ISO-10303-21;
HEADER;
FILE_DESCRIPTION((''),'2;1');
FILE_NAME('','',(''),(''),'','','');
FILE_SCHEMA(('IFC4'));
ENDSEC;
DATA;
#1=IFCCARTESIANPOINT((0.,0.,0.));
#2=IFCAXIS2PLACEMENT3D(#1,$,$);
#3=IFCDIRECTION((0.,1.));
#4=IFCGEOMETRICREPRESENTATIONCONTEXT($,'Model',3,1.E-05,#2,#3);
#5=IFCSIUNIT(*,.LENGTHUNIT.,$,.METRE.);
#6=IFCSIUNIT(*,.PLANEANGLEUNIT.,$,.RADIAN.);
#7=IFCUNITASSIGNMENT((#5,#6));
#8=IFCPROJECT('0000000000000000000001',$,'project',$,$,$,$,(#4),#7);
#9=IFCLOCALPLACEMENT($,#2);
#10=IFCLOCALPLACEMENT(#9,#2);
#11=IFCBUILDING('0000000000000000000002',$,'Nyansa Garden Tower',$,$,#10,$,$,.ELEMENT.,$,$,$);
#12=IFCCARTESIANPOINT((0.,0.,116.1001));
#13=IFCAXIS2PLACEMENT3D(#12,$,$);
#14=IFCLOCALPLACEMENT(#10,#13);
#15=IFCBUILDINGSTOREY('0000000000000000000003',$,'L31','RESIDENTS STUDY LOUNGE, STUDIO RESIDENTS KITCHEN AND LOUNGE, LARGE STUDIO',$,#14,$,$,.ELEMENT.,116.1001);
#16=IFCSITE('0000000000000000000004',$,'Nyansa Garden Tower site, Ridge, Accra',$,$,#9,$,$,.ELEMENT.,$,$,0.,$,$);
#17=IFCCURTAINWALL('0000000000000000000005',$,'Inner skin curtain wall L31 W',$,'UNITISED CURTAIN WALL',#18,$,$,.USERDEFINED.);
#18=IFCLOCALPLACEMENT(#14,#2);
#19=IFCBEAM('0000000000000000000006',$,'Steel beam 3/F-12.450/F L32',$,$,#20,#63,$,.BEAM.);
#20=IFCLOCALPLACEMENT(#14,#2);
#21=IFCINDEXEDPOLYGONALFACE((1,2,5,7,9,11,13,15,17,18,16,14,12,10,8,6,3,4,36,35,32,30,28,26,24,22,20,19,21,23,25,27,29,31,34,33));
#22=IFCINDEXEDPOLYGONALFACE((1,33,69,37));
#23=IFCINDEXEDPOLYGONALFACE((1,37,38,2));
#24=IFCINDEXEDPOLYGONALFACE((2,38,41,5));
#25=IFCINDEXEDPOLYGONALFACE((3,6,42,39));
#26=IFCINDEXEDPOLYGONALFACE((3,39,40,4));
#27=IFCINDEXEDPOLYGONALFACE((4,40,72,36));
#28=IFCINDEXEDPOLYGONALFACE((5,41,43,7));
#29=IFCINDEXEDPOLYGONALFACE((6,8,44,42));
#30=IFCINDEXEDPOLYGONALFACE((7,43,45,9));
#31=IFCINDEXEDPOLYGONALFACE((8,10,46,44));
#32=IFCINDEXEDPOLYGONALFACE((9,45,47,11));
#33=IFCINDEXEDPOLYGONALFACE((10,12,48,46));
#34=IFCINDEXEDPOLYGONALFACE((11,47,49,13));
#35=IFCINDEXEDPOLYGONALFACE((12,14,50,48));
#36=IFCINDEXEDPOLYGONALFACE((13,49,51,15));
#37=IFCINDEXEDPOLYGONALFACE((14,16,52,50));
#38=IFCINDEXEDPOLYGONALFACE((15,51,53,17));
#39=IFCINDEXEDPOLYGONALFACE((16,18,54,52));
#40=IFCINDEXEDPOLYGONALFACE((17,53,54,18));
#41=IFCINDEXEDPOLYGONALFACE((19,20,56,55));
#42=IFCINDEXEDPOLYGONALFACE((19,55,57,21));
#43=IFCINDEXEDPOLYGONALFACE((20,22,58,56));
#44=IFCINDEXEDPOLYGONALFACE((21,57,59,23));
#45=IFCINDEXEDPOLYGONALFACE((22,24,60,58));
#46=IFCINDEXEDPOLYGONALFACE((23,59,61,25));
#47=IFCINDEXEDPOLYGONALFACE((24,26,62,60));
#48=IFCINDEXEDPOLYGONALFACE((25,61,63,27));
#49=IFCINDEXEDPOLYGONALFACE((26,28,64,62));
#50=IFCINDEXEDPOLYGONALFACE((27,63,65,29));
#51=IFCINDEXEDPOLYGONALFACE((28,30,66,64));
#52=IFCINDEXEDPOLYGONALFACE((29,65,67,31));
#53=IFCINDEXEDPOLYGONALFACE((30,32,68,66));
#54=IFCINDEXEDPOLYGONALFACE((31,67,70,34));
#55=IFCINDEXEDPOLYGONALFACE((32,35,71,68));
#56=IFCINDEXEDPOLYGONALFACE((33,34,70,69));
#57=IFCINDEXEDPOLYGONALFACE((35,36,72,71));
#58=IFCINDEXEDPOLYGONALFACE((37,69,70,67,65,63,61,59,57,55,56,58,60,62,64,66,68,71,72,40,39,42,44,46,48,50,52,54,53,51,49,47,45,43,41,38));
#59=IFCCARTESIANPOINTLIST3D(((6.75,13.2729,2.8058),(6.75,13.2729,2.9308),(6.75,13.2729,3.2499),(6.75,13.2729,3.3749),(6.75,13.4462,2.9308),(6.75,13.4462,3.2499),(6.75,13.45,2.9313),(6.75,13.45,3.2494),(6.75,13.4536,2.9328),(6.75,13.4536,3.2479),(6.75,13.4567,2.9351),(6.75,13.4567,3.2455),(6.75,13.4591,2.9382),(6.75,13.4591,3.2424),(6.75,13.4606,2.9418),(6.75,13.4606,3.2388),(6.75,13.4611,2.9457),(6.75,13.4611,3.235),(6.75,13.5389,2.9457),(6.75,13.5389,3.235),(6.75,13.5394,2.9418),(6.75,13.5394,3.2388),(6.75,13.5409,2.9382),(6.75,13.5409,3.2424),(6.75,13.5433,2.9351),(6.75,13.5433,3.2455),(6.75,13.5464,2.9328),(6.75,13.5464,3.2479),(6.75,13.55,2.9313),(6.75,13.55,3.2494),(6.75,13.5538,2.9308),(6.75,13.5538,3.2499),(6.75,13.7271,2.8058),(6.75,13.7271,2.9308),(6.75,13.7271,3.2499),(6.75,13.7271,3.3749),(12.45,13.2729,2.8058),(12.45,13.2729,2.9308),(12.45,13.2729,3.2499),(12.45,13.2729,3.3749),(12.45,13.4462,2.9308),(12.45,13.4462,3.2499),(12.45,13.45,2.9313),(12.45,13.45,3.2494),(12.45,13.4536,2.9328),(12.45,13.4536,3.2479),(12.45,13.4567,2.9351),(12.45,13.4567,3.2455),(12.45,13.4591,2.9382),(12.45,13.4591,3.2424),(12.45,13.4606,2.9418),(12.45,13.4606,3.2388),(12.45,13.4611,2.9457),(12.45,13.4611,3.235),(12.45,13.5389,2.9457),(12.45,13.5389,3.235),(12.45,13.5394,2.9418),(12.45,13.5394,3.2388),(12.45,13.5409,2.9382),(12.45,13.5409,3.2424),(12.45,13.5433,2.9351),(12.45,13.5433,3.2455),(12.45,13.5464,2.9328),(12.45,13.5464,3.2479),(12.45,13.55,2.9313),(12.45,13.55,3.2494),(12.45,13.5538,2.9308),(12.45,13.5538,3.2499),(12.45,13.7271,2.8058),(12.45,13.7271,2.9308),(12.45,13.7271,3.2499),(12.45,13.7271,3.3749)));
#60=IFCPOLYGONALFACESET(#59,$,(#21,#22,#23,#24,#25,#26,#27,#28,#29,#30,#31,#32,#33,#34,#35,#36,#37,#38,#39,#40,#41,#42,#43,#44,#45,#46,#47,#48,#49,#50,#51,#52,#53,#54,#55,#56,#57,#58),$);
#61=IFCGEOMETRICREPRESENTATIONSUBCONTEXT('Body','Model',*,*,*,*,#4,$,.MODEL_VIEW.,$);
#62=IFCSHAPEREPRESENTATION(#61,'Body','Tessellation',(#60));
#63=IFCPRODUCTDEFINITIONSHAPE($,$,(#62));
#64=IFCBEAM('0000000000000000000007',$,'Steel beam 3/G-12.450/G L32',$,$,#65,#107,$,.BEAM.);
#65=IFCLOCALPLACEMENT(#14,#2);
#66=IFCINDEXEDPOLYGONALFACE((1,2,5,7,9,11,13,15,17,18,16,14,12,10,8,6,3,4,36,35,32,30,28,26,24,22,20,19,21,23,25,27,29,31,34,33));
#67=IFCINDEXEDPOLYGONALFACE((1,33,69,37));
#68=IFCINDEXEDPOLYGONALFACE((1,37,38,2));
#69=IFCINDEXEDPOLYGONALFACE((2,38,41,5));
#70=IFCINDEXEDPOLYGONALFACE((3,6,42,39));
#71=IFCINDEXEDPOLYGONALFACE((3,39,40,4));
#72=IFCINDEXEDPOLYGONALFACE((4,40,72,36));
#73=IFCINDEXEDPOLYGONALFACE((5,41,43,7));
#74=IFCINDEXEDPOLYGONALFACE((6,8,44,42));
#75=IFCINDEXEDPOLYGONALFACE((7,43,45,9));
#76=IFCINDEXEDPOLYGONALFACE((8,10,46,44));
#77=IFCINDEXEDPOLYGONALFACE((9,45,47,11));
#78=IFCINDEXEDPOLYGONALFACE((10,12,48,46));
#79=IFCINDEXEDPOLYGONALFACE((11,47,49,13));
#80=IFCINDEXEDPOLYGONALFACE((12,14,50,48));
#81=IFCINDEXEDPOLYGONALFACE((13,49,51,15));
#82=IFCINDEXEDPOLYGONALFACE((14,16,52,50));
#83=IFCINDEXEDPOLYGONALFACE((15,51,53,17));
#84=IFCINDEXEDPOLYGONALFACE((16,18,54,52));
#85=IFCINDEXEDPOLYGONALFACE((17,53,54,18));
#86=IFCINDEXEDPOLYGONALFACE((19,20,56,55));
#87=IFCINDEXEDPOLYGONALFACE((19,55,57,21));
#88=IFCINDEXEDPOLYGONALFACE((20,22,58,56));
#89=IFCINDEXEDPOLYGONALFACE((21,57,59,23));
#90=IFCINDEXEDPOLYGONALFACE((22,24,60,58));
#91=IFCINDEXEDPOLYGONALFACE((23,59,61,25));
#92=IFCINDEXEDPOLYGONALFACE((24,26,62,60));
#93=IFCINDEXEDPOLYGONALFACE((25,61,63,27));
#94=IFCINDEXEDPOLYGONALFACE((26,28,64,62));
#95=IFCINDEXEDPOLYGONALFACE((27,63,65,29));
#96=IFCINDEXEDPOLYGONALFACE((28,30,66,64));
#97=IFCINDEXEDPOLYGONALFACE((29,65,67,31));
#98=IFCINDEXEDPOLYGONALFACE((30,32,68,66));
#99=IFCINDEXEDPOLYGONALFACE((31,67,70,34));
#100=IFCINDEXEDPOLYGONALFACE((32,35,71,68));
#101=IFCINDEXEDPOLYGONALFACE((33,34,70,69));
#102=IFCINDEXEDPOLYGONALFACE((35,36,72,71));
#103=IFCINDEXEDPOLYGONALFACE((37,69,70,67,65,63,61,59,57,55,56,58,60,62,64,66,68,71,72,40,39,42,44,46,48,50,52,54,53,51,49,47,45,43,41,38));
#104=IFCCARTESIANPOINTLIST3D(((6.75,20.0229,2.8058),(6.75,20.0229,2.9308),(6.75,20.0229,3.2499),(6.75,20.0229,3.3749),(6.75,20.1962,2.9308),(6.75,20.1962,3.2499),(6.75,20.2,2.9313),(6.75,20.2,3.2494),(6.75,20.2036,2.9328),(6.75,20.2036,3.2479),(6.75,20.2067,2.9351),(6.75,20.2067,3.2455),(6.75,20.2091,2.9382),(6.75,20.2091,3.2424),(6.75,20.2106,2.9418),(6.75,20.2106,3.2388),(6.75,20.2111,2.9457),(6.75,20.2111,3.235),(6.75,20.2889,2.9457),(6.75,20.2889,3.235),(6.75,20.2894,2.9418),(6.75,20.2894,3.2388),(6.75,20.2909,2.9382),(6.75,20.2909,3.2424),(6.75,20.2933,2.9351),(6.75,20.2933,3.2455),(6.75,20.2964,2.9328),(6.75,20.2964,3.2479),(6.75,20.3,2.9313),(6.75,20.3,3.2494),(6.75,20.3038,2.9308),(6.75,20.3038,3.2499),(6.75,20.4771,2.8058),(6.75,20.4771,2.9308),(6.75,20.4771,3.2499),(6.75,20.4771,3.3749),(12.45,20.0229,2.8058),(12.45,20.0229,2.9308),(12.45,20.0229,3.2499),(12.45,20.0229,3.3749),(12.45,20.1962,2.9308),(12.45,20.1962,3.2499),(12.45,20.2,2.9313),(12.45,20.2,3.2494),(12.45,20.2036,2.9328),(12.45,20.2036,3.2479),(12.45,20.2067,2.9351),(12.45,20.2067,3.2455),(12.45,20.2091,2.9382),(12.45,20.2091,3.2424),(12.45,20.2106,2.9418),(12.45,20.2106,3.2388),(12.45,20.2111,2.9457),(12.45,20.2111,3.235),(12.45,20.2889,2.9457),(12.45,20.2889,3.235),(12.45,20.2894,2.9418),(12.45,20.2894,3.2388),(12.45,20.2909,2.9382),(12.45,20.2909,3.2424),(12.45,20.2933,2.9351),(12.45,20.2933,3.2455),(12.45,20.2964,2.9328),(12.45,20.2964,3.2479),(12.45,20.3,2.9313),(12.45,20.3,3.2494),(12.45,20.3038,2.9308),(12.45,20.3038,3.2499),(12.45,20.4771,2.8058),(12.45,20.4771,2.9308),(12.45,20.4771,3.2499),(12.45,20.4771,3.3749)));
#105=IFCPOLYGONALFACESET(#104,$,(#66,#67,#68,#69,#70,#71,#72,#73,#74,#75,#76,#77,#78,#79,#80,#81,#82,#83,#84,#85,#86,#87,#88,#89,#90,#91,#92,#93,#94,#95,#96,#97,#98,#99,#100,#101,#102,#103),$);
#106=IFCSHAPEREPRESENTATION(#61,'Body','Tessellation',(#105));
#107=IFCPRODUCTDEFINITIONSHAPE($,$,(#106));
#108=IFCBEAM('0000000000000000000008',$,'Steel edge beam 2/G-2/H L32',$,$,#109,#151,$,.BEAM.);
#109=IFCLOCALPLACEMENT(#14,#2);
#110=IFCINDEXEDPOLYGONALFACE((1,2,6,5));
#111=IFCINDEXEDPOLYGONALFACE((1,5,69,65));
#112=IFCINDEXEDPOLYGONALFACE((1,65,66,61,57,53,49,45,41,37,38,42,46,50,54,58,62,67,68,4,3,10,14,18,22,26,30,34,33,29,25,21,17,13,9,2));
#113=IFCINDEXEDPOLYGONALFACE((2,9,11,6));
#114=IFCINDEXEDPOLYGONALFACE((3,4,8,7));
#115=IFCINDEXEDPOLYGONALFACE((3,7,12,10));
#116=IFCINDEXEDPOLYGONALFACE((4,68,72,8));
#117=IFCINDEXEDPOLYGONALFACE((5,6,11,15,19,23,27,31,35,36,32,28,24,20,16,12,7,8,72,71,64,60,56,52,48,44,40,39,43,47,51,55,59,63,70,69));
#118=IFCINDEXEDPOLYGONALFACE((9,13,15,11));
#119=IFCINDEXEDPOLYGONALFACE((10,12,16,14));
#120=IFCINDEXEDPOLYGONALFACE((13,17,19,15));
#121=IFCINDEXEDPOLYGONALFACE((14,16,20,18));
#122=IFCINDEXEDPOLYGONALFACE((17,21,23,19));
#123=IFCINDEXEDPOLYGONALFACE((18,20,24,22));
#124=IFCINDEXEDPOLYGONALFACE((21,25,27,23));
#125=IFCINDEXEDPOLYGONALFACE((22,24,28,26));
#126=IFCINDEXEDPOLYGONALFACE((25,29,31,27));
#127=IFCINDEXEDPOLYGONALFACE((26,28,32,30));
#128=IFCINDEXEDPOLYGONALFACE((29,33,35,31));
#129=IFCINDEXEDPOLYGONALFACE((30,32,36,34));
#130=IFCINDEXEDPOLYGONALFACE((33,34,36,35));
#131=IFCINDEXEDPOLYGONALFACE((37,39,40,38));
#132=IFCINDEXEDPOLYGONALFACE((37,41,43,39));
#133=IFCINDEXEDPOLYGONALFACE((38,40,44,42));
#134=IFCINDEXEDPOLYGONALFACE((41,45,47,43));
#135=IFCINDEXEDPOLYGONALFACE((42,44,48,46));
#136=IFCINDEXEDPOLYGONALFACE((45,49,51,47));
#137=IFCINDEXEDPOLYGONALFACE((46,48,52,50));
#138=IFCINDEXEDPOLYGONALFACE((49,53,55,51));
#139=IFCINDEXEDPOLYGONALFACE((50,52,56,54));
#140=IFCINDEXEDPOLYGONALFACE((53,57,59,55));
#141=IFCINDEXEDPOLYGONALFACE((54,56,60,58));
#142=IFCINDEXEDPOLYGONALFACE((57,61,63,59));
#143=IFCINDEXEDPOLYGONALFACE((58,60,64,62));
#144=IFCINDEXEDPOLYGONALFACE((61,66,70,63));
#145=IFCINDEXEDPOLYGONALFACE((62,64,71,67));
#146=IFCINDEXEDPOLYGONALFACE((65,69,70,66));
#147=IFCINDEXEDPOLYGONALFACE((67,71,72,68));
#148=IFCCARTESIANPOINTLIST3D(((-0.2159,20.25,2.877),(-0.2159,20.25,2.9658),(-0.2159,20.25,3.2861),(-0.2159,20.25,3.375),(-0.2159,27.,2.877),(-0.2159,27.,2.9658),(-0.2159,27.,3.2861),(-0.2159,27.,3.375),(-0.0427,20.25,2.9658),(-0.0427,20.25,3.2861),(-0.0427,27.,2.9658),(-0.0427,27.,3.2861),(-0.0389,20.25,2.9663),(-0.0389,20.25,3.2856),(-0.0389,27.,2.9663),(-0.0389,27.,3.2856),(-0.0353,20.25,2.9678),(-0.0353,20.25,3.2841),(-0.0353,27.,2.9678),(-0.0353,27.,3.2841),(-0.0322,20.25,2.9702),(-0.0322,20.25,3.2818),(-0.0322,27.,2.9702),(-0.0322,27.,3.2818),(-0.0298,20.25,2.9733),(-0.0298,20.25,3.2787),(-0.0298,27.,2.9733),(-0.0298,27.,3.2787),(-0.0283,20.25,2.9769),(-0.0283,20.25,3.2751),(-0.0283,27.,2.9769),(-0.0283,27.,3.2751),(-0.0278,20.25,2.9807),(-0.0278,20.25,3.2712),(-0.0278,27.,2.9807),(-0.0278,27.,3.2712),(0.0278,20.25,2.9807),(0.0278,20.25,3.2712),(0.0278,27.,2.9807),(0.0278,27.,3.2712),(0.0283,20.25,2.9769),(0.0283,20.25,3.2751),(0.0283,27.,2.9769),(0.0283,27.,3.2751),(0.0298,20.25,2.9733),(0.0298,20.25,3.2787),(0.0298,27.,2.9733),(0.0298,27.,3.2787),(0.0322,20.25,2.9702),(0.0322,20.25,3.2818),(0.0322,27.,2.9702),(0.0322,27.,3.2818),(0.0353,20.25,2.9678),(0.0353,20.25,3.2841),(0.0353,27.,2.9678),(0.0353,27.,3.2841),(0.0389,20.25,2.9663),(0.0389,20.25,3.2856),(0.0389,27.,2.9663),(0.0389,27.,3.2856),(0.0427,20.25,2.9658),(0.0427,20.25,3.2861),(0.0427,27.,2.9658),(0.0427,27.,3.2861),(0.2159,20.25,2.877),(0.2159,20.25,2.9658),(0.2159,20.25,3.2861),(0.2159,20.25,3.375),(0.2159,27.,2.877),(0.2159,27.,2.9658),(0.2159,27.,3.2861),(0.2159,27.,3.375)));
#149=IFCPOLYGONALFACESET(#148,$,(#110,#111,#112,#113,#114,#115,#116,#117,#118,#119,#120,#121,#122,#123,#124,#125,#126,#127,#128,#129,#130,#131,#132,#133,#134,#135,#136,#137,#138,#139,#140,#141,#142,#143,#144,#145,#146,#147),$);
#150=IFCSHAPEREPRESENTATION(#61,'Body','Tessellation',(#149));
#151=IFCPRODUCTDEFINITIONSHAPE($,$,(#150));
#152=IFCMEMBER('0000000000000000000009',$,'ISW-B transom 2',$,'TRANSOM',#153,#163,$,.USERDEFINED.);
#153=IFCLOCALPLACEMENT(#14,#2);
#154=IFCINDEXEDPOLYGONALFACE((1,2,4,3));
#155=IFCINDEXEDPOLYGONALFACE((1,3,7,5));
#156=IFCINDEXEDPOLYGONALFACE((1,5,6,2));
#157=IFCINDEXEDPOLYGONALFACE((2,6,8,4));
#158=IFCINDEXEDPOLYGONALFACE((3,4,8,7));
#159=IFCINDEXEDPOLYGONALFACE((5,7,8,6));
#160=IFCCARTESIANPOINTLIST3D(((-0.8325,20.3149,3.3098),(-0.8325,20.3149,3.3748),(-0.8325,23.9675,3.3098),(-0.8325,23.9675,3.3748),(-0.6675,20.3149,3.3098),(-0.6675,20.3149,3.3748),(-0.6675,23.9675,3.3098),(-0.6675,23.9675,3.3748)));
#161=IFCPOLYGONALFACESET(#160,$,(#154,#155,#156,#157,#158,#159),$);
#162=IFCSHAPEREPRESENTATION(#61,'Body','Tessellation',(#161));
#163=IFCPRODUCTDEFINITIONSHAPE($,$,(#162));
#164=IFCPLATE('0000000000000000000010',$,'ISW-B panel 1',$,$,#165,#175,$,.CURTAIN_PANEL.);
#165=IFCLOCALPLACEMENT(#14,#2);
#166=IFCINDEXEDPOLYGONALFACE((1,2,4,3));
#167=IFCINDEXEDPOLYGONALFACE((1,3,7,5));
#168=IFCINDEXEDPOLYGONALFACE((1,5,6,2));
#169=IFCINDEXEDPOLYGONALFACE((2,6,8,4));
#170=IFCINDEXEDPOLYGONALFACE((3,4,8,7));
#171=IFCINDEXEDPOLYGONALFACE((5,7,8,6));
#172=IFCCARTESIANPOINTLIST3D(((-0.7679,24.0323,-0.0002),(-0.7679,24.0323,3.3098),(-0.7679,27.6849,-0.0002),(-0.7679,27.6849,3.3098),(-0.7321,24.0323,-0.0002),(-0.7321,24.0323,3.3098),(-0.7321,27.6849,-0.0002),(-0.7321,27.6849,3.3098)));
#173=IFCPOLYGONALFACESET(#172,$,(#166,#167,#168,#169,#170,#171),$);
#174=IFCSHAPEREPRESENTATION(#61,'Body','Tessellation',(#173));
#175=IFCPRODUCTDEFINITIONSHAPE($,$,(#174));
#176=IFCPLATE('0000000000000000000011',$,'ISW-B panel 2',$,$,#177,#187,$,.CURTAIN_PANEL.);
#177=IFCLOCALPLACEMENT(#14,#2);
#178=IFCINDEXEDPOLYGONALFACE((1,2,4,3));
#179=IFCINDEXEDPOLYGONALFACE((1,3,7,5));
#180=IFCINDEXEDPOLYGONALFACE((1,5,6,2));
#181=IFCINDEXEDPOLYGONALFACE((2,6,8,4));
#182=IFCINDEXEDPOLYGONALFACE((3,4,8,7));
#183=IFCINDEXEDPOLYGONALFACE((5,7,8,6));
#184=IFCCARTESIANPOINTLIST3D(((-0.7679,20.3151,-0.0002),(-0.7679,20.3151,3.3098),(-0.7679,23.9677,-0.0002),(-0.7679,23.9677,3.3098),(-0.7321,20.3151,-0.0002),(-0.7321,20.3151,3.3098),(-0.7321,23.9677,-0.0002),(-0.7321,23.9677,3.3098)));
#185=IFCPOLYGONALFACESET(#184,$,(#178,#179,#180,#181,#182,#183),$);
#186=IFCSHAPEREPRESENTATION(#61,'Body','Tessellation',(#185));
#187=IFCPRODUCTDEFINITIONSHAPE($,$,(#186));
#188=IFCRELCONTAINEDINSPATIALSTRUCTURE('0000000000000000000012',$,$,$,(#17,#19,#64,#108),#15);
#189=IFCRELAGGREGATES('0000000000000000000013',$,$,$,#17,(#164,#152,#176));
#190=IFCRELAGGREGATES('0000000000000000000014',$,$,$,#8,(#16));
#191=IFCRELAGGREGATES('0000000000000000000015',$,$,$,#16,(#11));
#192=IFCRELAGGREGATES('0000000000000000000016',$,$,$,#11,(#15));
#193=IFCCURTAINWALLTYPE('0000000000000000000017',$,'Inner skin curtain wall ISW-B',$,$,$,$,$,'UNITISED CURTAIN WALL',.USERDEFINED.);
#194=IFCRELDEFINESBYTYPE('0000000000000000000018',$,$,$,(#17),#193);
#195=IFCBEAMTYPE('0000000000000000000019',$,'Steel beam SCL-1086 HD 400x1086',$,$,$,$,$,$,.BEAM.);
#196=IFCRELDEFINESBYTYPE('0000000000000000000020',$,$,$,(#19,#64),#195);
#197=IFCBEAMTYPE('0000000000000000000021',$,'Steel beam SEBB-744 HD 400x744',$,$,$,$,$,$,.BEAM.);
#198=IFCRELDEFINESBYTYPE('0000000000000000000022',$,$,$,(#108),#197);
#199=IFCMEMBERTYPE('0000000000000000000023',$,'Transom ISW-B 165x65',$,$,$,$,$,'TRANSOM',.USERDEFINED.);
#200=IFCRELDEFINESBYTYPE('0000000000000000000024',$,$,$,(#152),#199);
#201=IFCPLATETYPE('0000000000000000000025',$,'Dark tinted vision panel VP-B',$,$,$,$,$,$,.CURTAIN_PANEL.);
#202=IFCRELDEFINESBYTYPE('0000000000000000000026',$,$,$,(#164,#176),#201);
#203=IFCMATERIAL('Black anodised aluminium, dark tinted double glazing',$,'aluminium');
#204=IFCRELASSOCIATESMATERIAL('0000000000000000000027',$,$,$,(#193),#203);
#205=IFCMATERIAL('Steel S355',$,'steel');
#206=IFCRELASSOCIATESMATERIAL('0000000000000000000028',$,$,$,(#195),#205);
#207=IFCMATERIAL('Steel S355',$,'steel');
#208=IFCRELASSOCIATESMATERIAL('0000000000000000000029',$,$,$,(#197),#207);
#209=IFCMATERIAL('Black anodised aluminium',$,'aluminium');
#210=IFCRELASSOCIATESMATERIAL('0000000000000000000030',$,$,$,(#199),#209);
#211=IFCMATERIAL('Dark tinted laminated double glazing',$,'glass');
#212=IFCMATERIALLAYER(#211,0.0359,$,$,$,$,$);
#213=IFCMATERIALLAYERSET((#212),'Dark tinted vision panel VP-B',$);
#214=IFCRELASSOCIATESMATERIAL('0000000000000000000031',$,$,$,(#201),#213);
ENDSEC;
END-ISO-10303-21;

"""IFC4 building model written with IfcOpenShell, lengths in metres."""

from ifc_helpers import new_model, si_unit, direction, frame, origin, origin_2d, place, context, subcontext, project, spatial, rectangle, i_section, extrude, material, layer, layer_set, material_profile, profile_set, type_object, element, aggregate, save


model = new_model("IFC4")

# Units and contexts
model_context = context("Model", 3, precision=1e-05, world=origin(), true_north=direction((0.0, 1.0)))
body_context = subcontext(model_context, "Body", "Model", "MODEL_VIEW")
ifc_project = project(units=[si_unit("LENGTHUNIT", "METRE"), si_unit("PLANEANGLEUNIT", "RADIAN")], contexts=[model_context])

# Site, building, storey
site_placement = place(None, origin())
site = spatial("IfcSite", under=ifc_project, at=site_placement, Name="Nyansa Garden Tower site, Ridge, Accra", CompositionType="ELEMENT", RefElevation=0.0)
building_placement = place(site_placement, origin())
building = spatial("IfcBuilding", under=site, at=building_placement, Name="Nyansa Garden Tower", CompositionType="ELEMENT")
storey_placement = place(building_placement, frame((0.0, 0.0, 116.1001)))
storey = spatial("IfcBuildingStorey", under=building, at=storey_placement, Name="L31", Description="RESIDENTS STUDY LOUNGE, STUDIO RESIDENTS KITCHEN AND LOUNGE, LARGE STUDIO", CompositionType="ELEMENT", Elevation=116.1001)

# Curtain wall
ifc_material_1 = material(Name="Black anodised aluminium, dark tinted double glazing", Category="aluminium")
curtain_wall_type = type_object("IfcCurtainWallType", Name="Inner skin curtain wall ISW-B", ElementType="UNITISED CURTAIN WALL", PredefinedType="USERDEFINED", material=ifc_material_1)
curtain_wall_placement = place(storey_placement, origin())
curtain_wall = element("IfcCurtainWall", 1, at=curtain_wall_placement, inside=storey, type_object=curtain_wall_type, Name="Inner skin curtain wall L31 W", ObjectType="UNITISED CURTAIN WALL", PredefinedType="USERDEFINED")

# Beams
ifc_material_2 = material(Name="Steel S355", Category="steel")
ifc_material_profile_1 = material_profile(ifc_material_2, i_section(OverallWidth=0.4541, OverallDepth=0.5691, WebThickness=0.0779, FlangeThickness=0.125, FilletRadius=0.0149, at=origin_2d()), Name="HD 400x1086")
ifc_profile_set_1 = profile_set([ifc_material_profile_1], Name="Steel S355")
beam_type_1 = type_object("IfcBeamType", Name="Steel beam SCL-1086 HD 400x1086", PredefinedType="BEAM", material=ifc_profile_set_1)
for number, where, z_axis, x_axis, name in (
    (2, (6.75, 13.5, 3.0903), (1.0, 0.0, 0.0), (0.0, 1.0, 0.0), "Steel beam 3/F-12.450/F L32"),
    (3, (6.75, 20.25, 3.0903), (1.0, 0.0, 0.0), (0.0, 1.0, 0.0), "Steel beam 3/G-12.450/G L32"),
):
    element("IfcBeam", number, at=place(storey_placement, frame(where, z_axis=z_axis, x_axis=x_axis)), inside=storey, type_object=beam_type_1, Name=name, PredefinedType="BEAM", context=body_context, shape_type="SweptSolid", body=[
        extrude(i_section(OverallWidth=0.4541, OverallDepth=0.5691, WebThickness=0.0779, FlangeThickness=0.125, FilletRadius=0.0149, at=origin_2d()), origin(), (0.0, 0.0, 1.0), 5.7),
    ])
ifc_material_3 = material(Name="Steel S355", Category="steel")
ifc_material_profile_2 = material_profile(ifc_material_3, i_section(OverallWidth=0.4319, OverallDepth=0.498, WebThickness=0.0557, FlangeThickness=0.0889, FilletRadius=0.0149, at=origin_2d()), Name="HD 400x744")
ifc_profile_set_2 = profile_set([ifc_material_profile_2], Name="Steel S355")
beam_type_2 = type_object("IfcBeamType", Name="Steel beam SEBB-744 HD 400x744", PredefinedType="BEAM", material=ifc_profile_set_2)
beam_placement = place(storey_placement, frame((0.0, 20.25, 3.126), z_axis=(0.0, 1.0, 0.0), x_axis=(-1.0, 0.0, 0.0)))
element("IfcBeam", 4, at=beam_placement, inside=storey, type_object=beam_type_2, Name="Steel edge beam 2/G-2/H L32", PredefinedType="BEAM", context=body_context, shape_type="SweptSolid", body=[
    extrude(i_section(OverallWidth=0.4319, OverallDepth=0.498, WebThickness=0.0557, FlangeThickness=0.0889, FilletRadius=0.0149, at=origin_2d()), origin(), (0.0, 0.0, 1.0), 6.75),
])

# Member
ifc_material_4 = material(Name="Black anodised aluminium", Category="aluminium")
ifc_material_profile_3 = material_profile(ifc_material_4, rectangle(XDim=0.165, YDim=0.0649, at=origin_2d()), Name="Transom 165x65")
ifc_profile_set_3 = profile_set([ifc_material_profile_3], Name="Black anodised aluminium")
member_type_1 = type_object("IfcMemberType", Name="Transom ISW-B 165x65", ElementType="TRANSOM", PredefinedType="USERDEFINED", material=ifc_profile_set_3)
member_1_placement = place(storey_placement, frame((-0.75, 23.9675, 3.3423), z_axis=(0.0, -1.0, 0.0), x_axis=(1.0, 0.0, 0.0)))
member_1 = element("IfcMember", 5, at=member_1_placement, type_object=member_type_1, Name="ISW-B transom 2", ObjectType="TRANSOM", PredefinedType="USERDEFINED", context=body_context, shape_type="SweptSolid", body=[
    extrude(rectangle(XDim=0.165, YDim=0.0649, at=origin_2d()), origin(), (0.0, 0.0, 1.0), 3.6526),
])

# Plates
ifc_material_5 = material(Name="Dark tinted laminated double glazing", Category="glass")
ifc_layer_1 = layer(ifc_material_5, 0.0359)
ifc_layer_set_1 = layer_set([ifc_layer_1], Name="Dark tinted vision panel VP-B")
plate_type = type_object("IfcPlateType", Name="Dark tinted vision panel VP-B", PredefinedType="CURTAIN_PANEL", material=ifc_layer_set_1)
plate_1_placement = place(storey_placement, frame((-0.75, 25.8586, -0.0002), z_axis=(0.0, 0.0, 1.0), x_axis=(0.0, -1.0, 0.0)))
plate_1 = element("IfcPlate", 6, at=plate_1_placement, type_object=plate_type, Name="ISW-B panel 1", PredefinedType="CURTAIN_PANEL", context=body_context, shape_type="SweptSolid", body=[
    extrude(rectangle(XDim=3.6526, YDim=0.0359, at=origin_2d()), origin(), (0.0, 0.0, 1.0), 3.3101),
])
plate_2_placement = place(storey_placement, frame((-0.75, 22.1414, -0.0002), z_axis=(0.0, 0.0, 1.0), x_axis=(0.0, -1.0, 0.0)))
plate_2 = element("IfcPlate", 7, at=plate_2_placement, type_object=plate_type, Name="ISW-B panel 2", PredefinedType="CURTAIN_PANEL", context=body_context, shape_type="SweptSolid", body=[
    extrude(rectangle(XDim=3.6526, YDim=0.0359, at=origin_2d()), origin(), (0.0, 0.0, 1.0), 3.3101),
])
aggregate(curtain_wall, [plate_1, member_1, plate_2])

save(model, "model.ifc")
